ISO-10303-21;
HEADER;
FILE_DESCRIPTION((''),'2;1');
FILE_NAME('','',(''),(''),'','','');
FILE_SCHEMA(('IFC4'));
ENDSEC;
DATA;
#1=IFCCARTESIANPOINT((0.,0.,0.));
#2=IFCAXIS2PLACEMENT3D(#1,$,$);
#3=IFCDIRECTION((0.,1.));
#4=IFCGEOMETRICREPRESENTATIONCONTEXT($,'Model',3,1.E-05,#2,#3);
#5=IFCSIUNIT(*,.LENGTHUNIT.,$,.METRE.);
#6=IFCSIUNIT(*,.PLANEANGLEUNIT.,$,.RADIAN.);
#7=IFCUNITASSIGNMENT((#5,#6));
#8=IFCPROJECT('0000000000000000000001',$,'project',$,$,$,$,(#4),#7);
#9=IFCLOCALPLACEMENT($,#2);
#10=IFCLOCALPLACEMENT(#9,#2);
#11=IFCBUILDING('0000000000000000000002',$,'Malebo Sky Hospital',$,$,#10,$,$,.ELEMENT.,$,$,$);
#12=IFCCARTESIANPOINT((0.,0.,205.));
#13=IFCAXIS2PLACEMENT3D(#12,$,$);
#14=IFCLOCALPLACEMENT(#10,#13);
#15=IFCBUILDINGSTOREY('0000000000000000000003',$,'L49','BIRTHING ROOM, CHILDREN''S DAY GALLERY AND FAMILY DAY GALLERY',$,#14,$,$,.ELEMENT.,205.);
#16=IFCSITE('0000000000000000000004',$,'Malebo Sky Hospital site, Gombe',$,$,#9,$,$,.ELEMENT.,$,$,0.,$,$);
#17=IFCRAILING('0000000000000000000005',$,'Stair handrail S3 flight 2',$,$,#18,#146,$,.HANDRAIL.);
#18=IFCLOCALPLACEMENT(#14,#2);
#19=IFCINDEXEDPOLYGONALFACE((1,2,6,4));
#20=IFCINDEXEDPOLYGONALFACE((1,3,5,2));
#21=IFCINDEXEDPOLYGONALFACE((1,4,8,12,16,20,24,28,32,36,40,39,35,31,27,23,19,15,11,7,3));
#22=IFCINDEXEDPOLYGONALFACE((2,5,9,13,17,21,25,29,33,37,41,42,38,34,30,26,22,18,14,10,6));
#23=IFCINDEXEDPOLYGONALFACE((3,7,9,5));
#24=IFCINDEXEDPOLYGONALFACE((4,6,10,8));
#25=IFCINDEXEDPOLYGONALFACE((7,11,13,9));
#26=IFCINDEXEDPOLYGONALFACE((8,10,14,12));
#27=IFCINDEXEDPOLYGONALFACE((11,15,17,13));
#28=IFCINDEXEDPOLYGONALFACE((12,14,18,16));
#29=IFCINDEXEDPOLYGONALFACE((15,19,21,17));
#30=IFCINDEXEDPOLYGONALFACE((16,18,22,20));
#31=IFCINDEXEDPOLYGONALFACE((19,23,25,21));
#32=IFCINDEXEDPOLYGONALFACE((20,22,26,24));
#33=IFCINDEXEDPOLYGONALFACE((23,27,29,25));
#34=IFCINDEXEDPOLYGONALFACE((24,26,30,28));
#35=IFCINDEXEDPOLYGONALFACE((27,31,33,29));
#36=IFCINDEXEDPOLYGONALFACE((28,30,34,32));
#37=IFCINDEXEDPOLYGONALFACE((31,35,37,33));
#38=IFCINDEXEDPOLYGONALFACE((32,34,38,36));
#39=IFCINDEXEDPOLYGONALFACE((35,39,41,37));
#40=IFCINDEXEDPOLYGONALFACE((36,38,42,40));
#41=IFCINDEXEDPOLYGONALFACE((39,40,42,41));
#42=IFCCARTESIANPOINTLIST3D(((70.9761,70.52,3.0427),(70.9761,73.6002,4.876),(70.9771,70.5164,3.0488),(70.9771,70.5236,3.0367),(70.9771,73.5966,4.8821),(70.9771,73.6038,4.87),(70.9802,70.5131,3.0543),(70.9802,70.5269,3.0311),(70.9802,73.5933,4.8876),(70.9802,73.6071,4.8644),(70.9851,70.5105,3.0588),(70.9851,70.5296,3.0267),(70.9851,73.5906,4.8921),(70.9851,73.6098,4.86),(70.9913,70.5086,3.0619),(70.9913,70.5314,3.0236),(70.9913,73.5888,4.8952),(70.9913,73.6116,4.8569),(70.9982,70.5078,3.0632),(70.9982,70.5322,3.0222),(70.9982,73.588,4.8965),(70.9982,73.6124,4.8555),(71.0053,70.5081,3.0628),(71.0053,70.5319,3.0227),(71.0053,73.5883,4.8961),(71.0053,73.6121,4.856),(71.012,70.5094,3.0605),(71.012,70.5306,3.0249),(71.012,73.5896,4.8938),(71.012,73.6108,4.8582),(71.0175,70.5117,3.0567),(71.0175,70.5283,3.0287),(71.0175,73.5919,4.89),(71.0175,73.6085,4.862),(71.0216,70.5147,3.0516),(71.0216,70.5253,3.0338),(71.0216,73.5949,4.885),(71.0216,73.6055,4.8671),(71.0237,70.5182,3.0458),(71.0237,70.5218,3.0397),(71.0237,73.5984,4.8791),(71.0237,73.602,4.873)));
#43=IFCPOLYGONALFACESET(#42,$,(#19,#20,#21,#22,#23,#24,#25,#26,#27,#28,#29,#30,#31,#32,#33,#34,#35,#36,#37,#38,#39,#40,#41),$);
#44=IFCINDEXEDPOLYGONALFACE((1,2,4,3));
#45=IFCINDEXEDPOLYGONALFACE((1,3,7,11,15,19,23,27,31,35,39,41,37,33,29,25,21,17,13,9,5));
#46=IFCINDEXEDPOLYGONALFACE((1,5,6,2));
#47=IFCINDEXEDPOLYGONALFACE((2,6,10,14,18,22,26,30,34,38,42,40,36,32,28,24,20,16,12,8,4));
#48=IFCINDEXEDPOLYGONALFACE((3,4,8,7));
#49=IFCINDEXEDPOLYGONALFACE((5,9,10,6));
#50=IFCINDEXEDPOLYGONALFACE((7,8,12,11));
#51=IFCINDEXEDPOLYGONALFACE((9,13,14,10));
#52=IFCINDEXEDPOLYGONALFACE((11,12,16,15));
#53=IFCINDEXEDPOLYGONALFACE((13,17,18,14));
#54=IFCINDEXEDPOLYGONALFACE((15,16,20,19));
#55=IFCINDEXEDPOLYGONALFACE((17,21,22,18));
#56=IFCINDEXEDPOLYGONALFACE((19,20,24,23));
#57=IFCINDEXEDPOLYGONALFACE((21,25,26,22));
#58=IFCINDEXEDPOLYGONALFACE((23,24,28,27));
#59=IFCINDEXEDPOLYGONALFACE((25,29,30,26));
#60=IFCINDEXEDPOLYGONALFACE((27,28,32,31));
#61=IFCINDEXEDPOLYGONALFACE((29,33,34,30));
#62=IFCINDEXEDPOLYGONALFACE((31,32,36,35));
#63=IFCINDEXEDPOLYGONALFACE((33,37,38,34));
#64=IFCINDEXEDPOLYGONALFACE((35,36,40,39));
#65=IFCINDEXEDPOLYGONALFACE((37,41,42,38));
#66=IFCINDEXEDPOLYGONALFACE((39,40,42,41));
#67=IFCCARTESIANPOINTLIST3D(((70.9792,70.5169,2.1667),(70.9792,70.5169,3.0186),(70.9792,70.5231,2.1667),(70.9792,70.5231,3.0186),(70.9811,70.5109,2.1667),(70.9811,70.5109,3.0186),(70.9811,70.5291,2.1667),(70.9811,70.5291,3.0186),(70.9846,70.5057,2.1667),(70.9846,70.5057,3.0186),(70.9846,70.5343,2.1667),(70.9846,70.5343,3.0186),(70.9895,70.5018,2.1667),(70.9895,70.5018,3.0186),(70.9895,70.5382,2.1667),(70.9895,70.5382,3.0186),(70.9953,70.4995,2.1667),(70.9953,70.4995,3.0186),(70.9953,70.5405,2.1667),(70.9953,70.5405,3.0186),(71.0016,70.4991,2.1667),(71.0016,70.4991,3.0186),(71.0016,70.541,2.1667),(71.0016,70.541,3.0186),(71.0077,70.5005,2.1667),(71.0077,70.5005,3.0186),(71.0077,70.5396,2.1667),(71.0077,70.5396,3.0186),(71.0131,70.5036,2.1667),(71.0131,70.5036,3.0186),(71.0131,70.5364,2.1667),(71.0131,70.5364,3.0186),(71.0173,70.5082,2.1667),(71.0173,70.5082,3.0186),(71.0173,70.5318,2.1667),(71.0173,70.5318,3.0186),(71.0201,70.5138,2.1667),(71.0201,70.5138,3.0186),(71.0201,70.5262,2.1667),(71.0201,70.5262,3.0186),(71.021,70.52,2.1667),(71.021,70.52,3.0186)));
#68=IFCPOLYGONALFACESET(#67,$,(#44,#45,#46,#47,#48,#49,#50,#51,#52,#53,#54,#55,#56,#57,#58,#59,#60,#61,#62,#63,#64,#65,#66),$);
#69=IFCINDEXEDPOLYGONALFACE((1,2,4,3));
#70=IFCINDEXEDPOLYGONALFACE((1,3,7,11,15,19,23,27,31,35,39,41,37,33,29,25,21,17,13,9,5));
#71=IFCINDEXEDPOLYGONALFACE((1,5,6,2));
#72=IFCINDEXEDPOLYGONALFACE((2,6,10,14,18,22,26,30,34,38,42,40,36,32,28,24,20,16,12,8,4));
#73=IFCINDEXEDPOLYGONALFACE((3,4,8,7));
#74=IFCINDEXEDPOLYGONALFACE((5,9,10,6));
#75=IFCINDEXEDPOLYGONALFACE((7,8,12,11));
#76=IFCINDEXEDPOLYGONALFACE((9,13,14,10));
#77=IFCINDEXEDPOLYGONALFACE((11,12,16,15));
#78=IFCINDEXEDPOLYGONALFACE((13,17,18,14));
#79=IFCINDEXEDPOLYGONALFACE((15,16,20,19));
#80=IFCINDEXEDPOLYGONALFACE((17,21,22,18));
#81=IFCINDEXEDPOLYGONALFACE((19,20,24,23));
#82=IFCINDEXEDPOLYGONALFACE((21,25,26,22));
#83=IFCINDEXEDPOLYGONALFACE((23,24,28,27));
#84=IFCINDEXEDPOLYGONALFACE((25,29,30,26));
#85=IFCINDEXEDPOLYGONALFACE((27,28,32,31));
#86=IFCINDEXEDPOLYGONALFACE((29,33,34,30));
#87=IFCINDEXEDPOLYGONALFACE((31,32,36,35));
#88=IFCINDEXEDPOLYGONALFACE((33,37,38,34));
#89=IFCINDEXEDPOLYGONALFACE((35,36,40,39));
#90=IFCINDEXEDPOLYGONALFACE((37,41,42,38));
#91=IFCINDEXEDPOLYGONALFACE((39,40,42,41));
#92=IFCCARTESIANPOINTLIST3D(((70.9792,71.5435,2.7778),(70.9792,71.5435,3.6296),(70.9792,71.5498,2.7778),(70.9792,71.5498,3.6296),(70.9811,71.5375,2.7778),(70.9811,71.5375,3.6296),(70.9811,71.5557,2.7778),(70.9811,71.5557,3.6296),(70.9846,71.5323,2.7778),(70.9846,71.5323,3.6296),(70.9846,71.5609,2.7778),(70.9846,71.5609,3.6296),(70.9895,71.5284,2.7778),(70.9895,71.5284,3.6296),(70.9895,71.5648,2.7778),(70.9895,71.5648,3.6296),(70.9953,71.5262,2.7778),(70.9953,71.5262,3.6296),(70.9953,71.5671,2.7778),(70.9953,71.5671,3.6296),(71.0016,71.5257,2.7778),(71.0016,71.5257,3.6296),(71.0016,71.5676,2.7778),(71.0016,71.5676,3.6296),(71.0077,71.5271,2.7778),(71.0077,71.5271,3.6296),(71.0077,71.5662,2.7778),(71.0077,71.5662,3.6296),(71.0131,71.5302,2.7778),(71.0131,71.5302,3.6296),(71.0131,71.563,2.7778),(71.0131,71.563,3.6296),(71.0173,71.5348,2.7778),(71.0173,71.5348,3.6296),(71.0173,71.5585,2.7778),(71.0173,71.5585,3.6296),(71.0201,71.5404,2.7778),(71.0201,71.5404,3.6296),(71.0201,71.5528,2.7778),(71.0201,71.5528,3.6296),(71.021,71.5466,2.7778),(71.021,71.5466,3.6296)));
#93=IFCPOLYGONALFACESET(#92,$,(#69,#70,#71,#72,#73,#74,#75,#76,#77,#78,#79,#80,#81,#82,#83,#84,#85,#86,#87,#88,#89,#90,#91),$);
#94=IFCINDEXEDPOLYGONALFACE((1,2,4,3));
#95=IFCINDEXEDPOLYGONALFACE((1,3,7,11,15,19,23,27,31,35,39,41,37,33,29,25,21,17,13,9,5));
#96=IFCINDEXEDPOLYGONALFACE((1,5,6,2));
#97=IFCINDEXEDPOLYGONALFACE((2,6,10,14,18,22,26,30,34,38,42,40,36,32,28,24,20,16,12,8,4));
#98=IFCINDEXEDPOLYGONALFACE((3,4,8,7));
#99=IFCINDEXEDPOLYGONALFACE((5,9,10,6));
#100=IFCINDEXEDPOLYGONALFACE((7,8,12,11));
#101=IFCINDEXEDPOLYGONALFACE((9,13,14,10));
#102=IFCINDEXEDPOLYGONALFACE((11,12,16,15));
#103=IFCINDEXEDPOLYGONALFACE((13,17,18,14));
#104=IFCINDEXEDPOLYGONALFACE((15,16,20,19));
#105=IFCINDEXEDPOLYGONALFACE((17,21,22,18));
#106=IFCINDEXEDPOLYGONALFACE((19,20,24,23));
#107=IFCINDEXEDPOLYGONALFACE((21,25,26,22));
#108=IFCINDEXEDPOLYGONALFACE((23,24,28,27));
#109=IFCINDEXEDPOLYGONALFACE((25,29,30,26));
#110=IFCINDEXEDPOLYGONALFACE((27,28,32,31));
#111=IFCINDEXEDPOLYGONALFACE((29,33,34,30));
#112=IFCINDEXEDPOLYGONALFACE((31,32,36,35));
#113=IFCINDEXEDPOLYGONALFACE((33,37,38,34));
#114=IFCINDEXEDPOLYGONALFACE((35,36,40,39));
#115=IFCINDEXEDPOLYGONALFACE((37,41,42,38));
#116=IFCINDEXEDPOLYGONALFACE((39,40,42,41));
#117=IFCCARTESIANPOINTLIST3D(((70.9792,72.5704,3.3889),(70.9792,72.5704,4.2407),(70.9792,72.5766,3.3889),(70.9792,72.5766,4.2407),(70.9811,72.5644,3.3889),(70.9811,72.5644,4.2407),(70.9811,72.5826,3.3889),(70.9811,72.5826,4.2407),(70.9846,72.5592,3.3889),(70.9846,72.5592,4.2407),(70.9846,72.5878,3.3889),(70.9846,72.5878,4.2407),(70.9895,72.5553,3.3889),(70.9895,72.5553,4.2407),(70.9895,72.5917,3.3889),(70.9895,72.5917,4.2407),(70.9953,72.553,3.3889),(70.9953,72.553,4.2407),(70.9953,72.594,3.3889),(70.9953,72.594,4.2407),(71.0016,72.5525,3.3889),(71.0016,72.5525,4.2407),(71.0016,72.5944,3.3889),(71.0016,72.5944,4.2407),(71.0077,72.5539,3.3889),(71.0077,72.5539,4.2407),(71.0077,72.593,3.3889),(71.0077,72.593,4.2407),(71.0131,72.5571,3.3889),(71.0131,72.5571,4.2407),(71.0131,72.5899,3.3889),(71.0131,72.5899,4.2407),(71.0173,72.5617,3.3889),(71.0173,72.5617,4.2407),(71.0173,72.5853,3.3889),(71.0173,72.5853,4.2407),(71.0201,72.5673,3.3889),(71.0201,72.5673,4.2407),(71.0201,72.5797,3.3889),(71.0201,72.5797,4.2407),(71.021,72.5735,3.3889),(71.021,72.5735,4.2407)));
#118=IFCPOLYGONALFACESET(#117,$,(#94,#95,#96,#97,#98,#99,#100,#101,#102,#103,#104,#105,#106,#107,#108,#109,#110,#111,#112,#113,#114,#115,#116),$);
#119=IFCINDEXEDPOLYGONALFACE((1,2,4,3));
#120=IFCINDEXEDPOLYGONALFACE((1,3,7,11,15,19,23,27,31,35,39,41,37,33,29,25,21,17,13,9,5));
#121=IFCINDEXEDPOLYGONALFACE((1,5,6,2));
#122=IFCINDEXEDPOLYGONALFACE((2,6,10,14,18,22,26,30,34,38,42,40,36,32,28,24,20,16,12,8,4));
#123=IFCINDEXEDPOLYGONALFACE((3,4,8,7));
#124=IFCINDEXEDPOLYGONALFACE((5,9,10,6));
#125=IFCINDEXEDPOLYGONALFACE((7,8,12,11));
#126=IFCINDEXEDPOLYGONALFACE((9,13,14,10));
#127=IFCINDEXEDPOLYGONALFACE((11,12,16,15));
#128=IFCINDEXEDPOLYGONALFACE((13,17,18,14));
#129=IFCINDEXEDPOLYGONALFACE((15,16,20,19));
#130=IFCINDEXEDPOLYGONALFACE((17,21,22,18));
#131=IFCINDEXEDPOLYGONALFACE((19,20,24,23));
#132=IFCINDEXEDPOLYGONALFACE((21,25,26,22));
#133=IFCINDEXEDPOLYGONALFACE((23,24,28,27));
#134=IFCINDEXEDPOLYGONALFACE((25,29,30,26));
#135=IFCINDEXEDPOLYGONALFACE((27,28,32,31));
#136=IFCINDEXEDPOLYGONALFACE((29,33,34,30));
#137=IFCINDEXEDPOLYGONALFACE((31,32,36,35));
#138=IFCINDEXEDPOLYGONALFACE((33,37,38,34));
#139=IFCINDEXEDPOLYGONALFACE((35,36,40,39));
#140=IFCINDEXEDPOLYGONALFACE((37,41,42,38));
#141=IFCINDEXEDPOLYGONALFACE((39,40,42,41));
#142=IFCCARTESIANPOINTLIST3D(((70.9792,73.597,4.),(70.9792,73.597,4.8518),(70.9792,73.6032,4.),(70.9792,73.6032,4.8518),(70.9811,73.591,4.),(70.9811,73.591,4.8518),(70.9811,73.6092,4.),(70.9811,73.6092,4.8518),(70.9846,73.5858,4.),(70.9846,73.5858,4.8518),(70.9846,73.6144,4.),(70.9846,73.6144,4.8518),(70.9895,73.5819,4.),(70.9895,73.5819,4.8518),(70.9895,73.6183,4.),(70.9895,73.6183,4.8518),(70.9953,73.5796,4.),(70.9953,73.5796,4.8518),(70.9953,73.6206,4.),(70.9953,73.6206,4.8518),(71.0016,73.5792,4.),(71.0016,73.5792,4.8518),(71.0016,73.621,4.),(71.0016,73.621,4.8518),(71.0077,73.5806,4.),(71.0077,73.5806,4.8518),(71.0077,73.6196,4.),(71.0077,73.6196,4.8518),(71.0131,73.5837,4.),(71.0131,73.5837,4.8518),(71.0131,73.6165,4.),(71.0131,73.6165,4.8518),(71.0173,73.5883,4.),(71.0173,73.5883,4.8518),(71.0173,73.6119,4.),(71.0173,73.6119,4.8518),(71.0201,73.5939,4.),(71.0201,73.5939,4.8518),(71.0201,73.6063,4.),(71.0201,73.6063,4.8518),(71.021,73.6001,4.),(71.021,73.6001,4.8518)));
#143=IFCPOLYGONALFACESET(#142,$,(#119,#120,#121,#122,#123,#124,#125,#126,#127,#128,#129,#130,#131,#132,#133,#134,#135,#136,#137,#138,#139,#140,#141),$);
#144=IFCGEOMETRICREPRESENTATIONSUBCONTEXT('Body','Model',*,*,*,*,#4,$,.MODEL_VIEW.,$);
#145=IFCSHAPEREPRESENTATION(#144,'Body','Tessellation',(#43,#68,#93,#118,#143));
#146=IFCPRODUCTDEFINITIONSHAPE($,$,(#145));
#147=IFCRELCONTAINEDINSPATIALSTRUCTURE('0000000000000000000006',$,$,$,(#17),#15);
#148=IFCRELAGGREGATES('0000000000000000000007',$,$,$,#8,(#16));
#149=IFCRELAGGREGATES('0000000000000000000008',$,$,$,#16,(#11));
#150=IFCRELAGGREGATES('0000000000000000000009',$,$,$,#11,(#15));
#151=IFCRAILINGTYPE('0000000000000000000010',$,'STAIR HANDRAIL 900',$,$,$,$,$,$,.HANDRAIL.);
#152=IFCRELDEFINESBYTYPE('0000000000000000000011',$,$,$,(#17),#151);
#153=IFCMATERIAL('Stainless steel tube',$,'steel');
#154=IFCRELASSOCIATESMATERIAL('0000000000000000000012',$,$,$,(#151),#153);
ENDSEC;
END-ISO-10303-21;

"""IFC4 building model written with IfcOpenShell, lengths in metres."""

from ifc_helpers import new_model, si_unit, direction, frame, origin, origin_2d, place, context, subcontext, project, spatial, circle, extrude, material, type_object, element, save


model = new_model("IFC4")

# Units and contexts
model_context = context("Model", 3, precision=1e-05, world=origin(), true_north=direction((0.0, 1.0)))
body_context = subcontext(model_context, "Body", "Model", "MODEL_VIEW")
ifc_project = project(units=[si_unit("LENGTHUNIT", "METRE"), si_unit("PLANEANGLEUNIT", "RADIAN")], contexts=[model_context])

# Site, building, storey
site_placement = place(None, origin())
site = spatial("IfcSite", under=ifc_project, at=site_placement, Name="Malebo Sky Hospital site, Gombe", CompositionType="ELEMENT", RefElevation=0.0)
building_placement = place(site_placement, origin())
building = spatial("IfcBuilding", under=site, at=building_placement, Name="Malebo Sky Hospital", CompositionType="ELEMENT")
storey_placement = place(building_placement, frame((0.0, 0.0, 205.0)))
storey = spatial("IfcBuildingStorey", under=building, at=storey_placement, Name="L49", Description="BIRTHING ROOM, CHILDREN'S DAY GALLERY AND FAMILY DAY GALLERY", CompositionType="ELEMENT", Elevation=205.0)

# Railing
ifc_material_1 = material(Name="Stainless steel tube", Category="steel")
railing_type = type_object("IfcRailingType", Name="STAIR HANDRAIL 900", PredefinedType="HANDRAIL", material=ifc_material_1)
railing_1_placement = place(storey_placement, frame((71.0, 70.52, 2.1667)))
element("IfcRailing", 1, at=railing_1_placement, inside=storey, type_object=railing_type, Name="Stair handrail S3 flight 2", PredefinedType="HANDRAIL", context=body_context, shape_type="SweptSolid", body=[
    extrude(circle(Radius=0.0239, at=origin_2d()), frame((0.0, 0.0, 0.876), z_axis=(0.0, 0.859309, 0.511458), x_axis=(-1.0, 0.0, 0.0)), (0.0, 0.0, 1.0), 3.5845),
    extrude(circle(Radius=0.021, at=origin_2d()), origin(), (0.0, 0.0, 1.0), 0.8518),
    extrude(circle(Radius=0.021, at=origin_2d()), frame((0.0, 1.0266, 0.6111)), (0.0, 0.0, 1.0), 0.8518),
    extrude(circle(Radius=0.021, at=origin_2d()), frame((0.0, 2.0535, 1.2222)), (0.0, 0.0, 1.0), 0.8518),
    extrude(circle(Radius=0.021, at=origin_2d()), frame((0.0, 3.0801, 1.8333)), (0.0, 0.0, 1.0), 0.8518),
])

save(model, "model.ifc")
